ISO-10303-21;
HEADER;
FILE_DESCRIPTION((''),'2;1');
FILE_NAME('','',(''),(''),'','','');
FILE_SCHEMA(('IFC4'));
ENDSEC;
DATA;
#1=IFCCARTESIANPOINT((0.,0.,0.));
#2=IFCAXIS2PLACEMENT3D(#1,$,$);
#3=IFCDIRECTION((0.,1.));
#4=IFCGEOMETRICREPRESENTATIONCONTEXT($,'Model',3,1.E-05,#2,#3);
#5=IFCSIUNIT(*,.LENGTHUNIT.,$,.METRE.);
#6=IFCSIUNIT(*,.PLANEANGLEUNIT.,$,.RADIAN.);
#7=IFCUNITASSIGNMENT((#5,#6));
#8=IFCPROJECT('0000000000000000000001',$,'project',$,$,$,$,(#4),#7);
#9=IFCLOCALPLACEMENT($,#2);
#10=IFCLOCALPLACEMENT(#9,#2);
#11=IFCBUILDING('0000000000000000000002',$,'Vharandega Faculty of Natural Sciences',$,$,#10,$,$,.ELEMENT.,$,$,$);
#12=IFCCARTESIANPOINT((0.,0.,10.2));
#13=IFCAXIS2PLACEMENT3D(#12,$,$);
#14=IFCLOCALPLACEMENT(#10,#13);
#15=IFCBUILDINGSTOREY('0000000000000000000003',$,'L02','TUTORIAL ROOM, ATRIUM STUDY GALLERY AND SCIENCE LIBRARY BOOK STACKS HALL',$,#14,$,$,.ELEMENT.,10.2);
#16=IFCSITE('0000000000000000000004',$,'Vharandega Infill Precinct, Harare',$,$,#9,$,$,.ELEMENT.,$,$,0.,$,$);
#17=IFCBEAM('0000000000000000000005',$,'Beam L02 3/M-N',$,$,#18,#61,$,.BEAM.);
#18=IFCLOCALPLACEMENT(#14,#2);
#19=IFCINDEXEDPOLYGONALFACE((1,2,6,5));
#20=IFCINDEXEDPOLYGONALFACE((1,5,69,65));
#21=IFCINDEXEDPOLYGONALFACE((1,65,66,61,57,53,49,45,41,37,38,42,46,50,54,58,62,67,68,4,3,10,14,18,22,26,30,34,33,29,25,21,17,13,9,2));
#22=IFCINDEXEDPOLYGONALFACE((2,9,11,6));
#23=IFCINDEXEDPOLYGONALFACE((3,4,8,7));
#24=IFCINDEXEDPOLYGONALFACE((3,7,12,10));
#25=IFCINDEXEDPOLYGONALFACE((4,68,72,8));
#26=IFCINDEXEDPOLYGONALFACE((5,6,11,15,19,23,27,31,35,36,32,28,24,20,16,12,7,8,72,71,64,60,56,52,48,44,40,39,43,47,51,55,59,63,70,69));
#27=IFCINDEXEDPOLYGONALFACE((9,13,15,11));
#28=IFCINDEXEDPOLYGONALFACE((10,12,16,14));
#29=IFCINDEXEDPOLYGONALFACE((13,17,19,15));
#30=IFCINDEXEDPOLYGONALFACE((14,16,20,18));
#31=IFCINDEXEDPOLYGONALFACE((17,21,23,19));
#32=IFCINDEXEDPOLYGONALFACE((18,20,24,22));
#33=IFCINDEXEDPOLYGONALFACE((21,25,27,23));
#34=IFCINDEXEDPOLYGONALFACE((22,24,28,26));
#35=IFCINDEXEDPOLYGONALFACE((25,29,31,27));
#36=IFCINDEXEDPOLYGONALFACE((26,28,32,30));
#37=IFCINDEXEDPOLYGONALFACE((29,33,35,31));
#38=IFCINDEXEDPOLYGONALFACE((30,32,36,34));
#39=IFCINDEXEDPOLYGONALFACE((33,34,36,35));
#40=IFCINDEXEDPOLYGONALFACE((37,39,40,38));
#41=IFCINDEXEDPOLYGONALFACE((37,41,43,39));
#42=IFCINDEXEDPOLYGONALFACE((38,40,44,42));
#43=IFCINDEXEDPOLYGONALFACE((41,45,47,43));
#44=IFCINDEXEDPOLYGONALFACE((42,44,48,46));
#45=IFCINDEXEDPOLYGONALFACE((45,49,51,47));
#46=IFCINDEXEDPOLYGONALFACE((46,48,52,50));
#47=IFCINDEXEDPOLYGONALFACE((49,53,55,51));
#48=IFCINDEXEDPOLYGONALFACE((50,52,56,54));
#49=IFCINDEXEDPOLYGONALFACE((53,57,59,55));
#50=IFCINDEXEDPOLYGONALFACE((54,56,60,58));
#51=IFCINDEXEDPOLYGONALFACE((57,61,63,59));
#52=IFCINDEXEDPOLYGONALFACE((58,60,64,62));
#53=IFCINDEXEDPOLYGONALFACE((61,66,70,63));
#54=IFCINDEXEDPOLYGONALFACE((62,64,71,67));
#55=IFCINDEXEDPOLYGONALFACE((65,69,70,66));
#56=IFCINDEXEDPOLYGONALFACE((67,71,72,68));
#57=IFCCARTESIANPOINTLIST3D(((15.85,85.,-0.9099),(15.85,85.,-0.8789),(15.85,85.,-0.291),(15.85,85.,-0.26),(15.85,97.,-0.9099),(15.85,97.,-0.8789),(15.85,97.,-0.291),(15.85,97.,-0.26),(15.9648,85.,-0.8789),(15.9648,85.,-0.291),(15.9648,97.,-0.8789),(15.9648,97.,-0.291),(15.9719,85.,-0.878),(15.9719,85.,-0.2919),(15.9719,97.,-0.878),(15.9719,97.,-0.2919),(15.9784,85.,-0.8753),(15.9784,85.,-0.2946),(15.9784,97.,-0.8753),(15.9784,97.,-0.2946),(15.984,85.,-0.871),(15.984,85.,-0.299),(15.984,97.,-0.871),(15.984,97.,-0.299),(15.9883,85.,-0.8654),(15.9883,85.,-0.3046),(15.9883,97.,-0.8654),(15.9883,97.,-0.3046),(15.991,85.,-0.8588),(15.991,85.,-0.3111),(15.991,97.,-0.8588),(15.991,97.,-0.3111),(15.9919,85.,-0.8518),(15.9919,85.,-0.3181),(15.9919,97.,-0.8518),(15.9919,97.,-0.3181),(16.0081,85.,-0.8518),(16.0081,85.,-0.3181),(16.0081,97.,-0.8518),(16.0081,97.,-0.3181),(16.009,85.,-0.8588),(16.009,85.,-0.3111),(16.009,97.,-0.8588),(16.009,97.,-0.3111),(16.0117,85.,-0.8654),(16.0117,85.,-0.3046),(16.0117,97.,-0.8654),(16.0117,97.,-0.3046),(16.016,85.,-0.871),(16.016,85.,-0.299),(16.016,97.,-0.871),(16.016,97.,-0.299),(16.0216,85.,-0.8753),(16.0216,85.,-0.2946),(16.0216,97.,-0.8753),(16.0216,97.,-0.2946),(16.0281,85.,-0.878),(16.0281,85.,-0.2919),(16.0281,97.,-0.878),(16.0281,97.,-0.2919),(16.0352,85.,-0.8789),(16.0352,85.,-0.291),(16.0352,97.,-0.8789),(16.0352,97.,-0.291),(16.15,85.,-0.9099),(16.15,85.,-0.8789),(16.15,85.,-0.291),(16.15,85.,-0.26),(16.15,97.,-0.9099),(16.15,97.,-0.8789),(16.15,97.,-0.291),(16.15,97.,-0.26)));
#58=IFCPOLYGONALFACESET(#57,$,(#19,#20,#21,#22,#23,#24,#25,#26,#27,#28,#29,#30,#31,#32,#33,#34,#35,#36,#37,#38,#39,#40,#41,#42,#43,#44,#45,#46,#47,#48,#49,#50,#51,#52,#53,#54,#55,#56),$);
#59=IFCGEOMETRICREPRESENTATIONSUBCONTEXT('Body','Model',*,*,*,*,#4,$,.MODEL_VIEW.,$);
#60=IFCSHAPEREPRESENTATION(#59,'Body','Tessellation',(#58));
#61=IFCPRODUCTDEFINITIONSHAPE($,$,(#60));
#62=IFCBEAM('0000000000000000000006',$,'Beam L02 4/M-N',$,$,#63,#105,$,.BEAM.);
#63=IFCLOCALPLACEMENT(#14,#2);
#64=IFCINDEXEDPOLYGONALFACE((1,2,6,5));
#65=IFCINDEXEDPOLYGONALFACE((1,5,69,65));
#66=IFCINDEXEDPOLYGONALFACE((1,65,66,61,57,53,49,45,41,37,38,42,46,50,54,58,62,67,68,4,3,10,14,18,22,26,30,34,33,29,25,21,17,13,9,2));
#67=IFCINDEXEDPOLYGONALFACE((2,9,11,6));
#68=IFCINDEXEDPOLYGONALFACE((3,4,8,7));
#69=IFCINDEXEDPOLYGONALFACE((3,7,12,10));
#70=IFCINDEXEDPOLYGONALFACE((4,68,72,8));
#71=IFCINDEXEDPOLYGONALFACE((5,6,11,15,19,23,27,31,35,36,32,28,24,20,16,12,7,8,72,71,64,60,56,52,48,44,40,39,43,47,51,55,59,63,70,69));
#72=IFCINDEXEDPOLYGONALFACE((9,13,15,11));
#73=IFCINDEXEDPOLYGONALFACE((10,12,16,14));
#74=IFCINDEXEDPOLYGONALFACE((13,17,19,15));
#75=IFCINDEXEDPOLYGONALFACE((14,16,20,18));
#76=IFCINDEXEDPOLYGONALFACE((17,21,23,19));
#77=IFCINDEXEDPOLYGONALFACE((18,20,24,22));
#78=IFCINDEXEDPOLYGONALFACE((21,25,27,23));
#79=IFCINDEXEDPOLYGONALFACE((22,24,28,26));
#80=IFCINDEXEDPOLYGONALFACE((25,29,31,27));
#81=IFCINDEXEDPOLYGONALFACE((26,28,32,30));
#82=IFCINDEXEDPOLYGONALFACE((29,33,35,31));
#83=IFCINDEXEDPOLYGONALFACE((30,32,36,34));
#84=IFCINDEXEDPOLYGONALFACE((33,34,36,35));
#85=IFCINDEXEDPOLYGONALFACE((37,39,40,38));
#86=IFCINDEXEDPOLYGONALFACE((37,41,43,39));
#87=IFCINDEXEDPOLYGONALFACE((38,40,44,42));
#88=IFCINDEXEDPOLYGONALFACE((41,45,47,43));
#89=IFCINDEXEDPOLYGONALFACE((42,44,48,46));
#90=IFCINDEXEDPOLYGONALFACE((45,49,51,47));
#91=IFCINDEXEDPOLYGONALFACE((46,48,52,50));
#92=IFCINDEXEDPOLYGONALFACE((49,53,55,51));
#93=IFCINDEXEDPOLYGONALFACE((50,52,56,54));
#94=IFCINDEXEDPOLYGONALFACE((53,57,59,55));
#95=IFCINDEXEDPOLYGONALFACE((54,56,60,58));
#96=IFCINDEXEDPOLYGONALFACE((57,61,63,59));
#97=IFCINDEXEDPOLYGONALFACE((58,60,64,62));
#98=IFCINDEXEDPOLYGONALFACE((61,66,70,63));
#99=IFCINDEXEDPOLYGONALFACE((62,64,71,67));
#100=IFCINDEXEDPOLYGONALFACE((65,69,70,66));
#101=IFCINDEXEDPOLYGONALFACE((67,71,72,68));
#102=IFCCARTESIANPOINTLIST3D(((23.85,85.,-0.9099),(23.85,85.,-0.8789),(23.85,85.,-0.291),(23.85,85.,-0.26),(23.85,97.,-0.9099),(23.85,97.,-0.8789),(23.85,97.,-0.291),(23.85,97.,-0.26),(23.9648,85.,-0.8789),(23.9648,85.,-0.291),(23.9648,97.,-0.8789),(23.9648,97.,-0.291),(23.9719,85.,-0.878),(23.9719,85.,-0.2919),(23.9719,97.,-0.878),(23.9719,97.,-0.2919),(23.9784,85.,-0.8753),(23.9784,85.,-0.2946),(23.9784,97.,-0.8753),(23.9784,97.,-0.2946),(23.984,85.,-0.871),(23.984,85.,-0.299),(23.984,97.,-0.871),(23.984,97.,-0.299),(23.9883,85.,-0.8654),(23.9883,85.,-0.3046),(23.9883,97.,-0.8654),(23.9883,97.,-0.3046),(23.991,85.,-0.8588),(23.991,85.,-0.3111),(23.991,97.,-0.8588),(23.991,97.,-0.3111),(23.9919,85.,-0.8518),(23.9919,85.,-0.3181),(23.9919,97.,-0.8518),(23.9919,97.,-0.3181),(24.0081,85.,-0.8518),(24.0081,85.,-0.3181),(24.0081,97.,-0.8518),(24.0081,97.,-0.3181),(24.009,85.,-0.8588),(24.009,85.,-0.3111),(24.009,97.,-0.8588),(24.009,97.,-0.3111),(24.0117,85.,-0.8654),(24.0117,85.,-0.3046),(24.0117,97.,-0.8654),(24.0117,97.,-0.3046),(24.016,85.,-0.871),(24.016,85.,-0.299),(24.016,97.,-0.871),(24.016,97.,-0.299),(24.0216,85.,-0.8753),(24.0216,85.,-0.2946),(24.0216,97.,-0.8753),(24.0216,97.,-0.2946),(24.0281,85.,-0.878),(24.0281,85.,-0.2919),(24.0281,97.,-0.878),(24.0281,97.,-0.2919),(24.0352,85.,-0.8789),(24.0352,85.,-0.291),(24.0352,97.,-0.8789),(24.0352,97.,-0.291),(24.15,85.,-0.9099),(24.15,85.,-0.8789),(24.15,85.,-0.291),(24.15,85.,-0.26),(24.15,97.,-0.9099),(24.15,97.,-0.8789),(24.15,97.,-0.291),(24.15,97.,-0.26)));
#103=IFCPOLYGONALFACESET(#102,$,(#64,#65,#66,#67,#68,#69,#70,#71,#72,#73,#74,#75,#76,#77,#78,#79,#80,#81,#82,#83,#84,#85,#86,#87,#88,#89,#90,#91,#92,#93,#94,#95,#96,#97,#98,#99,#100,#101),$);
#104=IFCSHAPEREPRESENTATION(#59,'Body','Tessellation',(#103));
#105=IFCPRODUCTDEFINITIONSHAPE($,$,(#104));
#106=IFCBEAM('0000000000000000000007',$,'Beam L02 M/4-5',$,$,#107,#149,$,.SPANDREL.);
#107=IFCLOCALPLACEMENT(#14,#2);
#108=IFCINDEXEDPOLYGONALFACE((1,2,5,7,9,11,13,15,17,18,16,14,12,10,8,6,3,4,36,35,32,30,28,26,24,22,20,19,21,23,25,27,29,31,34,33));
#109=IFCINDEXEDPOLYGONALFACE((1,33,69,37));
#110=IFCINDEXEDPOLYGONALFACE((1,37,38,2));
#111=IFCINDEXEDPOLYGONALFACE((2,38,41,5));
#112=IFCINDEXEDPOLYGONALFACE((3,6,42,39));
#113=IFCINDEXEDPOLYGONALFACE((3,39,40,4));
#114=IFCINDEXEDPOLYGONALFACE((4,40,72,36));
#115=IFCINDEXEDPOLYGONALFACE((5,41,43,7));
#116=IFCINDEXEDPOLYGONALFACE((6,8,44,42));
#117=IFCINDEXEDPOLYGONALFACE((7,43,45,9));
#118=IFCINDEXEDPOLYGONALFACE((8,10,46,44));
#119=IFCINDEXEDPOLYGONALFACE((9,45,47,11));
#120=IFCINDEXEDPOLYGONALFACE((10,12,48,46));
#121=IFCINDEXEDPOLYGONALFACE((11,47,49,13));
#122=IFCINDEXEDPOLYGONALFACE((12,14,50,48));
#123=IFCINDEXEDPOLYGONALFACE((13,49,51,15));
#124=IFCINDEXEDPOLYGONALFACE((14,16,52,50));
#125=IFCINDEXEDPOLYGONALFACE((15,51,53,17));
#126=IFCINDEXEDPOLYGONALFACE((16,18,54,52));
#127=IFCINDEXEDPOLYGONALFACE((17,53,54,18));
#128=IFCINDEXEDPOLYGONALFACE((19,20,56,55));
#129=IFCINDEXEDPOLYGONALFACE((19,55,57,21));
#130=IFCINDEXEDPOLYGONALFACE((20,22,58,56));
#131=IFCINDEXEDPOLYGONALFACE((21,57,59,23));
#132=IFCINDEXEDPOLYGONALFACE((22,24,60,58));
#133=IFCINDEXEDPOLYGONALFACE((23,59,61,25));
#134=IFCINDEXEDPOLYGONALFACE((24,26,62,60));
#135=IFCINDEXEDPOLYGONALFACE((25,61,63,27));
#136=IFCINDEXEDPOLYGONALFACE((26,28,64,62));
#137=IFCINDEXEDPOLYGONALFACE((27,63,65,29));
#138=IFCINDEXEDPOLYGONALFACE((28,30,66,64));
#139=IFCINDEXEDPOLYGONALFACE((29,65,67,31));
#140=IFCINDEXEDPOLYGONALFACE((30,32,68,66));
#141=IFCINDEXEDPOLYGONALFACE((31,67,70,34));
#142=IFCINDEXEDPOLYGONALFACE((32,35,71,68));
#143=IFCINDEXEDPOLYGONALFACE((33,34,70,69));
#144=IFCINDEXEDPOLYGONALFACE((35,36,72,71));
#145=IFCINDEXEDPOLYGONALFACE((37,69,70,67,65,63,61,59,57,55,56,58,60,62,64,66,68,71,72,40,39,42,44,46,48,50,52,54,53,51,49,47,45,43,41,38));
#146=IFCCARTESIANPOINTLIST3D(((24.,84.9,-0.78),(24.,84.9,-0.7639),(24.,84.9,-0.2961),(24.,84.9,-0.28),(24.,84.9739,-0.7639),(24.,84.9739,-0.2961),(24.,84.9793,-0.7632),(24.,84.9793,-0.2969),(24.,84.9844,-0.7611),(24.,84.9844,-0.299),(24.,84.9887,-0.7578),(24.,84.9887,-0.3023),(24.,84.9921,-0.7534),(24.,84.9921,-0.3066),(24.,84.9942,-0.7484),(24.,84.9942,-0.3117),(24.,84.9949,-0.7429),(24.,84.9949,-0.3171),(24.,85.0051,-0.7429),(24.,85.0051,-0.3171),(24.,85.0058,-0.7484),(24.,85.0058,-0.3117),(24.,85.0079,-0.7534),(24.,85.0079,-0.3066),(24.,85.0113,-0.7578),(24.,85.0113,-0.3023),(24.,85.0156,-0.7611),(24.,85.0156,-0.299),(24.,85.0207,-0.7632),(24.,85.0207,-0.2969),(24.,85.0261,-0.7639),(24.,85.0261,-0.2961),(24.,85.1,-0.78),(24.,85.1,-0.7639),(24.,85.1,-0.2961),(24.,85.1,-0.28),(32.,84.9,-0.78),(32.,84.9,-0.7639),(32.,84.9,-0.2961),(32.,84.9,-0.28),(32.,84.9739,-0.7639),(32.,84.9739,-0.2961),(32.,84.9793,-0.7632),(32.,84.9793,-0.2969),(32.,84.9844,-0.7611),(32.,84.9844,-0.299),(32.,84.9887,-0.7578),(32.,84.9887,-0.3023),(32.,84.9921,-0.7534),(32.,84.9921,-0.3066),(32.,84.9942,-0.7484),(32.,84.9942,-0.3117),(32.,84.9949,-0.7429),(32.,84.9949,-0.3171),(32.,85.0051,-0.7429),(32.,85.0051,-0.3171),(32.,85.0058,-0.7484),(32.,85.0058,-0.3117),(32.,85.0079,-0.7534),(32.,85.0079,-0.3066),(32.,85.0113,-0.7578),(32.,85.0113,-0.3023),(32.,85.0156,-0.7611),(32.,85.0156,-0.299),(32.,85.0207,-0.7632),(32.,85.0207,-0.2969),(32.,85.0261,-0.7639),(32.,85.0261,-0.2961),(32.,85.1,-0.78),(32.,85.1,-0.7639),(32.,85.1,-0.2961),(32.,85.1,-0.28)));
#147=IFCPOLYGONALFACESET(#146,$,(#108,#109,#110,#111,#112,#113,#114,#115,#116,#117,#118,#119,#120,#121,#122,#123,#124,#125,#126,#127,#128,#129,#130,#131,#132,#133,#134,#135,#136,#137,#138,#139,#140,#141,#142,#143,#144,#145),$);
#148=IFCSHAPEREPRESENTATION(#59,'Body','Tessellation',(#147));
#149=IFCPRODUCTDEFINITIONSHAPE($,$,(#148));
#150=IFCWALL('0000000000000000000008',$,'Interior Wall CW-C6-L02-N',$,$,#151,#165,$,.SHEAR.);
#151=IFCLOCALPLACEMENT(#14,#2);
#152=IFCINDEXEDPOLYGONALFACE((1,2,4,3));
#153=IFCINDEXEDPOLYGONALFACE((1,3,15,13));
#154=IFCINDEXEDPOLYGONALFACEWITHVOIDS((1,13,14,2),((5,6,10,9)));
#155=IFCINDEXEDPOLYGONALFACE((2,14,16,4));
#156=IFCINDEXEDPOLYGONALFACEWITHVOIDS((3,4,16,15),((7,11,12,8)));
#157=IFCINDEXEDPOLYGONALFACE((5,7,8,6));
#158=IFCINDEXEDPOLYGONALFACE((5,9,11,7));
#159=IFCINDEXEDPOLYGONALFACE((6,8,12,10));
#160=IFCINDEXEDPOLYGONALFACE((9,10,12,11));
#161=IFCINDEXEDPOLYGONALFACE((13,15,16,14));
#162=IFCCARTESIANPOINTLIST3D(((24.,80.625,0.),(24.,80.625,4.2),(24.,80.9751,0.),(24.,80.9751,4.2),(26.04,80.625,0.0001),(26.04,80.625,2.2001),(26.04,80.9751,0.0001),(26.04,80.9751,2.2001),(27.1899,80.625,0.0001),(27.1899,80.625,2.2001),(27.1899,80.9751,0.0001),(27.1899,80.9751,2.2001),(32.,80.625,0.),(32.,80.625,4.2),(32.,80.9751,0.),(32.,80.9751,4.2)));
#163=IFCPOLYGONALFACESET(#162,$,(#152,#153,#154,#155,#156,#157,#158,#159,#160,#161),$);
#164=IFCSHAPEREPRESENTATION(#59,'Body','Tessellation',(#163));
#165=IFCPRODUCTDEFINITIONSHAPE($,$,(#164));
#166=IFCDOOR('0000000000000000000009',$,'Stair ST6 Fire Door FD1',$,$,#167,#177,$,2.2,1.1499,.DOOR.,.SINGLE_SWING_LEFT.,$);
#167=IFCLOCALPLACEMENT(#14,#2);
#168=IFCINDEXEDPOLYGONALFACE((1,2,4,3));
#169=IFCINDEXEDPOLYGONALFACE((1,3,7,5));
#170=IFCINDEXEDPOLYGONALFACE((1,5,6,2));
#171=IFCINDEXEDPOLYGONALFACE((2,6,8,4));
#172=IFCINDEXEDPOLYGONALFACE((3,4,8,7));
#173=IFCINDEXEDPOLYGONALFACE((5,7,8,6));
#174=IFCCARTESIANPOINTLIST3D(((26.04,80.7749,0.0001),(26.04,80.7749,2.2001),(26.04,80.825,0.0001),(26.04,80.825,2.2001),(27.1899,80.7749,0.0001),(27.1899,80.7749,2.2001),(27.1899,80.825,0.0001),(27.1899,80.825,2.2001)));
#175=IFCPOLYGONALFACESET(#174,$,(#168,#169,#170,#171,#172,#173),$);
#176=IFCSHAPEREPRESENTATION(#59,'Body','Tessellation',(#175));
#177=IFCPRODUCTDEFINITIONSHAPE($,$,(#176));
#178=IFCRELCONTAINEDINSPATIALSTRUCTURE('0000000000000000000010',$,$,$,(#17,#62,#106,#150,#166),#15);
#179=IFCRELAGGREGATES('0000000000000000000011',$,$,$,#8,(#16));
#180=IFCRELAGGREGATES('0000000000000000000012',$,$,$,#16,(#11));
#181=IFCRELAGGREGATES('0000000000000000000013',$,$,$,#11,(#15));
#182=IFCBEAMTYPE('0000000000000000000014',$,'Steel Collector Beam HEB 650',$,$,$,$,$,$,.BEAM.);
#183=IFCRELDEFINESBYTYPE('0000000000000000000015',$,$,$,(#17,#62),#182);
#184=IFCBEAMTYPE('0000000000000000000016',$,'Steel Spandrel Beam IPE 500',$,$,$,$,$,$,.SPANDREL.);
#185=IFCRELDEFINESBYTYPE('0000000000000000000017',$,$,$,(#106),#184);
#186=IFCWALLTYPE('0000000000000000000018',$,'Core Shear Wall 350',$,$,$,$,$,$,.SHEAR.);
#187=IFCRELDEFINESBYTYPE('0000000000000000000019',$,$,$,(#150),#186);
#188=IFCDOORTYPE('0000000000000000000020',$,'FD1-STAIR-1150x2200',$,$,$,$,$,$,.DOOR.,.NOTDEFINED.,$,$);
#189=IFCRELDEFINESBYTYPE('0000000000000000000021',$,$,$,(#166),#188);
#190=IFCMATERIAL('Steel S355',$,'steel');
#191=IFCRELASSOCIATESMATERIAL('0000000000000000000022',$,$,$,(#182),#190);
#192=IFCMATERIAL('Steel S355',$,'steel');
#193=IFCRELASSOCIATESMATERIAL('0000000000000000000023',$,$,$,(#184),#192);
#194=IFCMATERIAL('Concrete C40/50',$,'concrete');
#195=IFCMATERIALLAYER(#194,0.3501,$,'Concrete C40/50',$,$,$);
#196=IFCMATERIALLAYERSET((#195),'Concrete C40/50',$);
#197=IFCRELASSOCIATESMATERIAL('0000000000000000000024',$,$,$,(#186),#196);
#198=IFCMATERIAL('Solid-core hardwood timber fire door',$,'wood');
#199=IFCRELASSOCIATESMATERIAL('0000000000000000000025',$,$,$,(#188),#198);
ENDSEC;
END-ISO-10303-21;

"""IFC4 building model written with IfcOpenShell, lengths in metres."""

from ifc_helpers import new_model, si_unit, direction, frame, frame_2d, origin, origin_2d, place, context, subcontext, project, spatial, rectangle, i_section, extrude, material, layer, layer_set, material_profile, profile_set, type_object, element, fill, save


model = new_model("IFC4")

# Units and contexts
model_context = context("Model", 3, precision=1e-05, world=origin(), true_north=direction((0.0, 1.0)))
body_context = subcontext(model_context, "Body", "Model", "MODEL_VIEW")
ifc_project = project(units=[si_unit("LENGTHUNIT", "METRE"), si_unit("PLANEANGLEUNIT", "RADIAN")], contexts=[model_context])

# Site, building, storey
site_placement = place(None, origin())
site = spatial("IfcSite", under=ifc_project, at=site_placement, Name="Vharandega Infill Precinct, Harare", CompositionType="ELEMENT", RefElevation=0.0)
building_placement = place(site_placement, origin())
building = spatial("IfcBuilding", under=site, at=building_placement, Name="Vharandega Faculty of Natural Sciences", CompositionType="ELEMENT")
storey_placement = place(building_placement, frame((0.0, 0.0, 10.2)))
storey = spatial("IfcBuildingStorey", under=building, at=storey_placement, Name="L02", Description="TUTORIAL ROOM, ATRIUM STUDY GALLERY AND SCIENCE LIBRARY BOOK STACKS HALL", CompositionType="ELEMENT", Elevation=10.2)

# Beams
ifc_material_1 = material(Name="Steel S355", Category="steel")
ifc_material_profile_1 = material_profile(ifc_material_1, i_section(OverallWidth=0.3, OverallDepth=0.6499, WebThickness=0.0161, FlangeThickness=0.031, FilletRadius=0.0271, at=origin_2d()), Name="HEB 650")
ifc_profile_set_1 = profile_set([ifc_material_profile_1], Name="Steel S355")
beam_type_1 = type_object("IfcBeamType", Name="Steel Collector Beam HEB 650", PredefinedType="BEAM", material=ifc_profile_set_1)
for number, where, z_axis, x_axis, name in (
    (1, (16.0, 85.0, -0.585), (0.0, 1.0, 0.0), (-1.0, 0.0, 0.0), "Beam L02 3/M-N"),
    (2, (24.0, 85.0, -0.585), (0.0, 1.0, 0.0), (-1.0, 0.0, 0.0), "Beam L02 4/M-N"),
):
    element("IfcBeam", number, at=place(storey_placement, frame(where, z_axis=z_axis, x_axis=x_axis)), inside=storey, type_object=beam_type_1, Name=name, PredefinedType="BEAM", context=body_context, shape_type="SweptSolid", body=[
        extrude(i_section(OverallWidth=0.3, OverallDepth=0.6499, WebThickness=0.0161, FlangeThickness=0.031, FilletRadius=0.0271, at=origin_2d()), origin(), (0.0, 0.0, 1.0), 12.0),
    ])
ifc_material_2 = material(Name="Steel S355", Category="steel")
ifc_material_profile_2 = material_profile(ifc_material_2, i_section(OverallWidth=0.2, OverallDepth=0.5, WebThickness=0.0103, FlangeThickness=0.0161, FilletRadius=0.021, at=origin_2d()), Name="IPE 500")
ifc_profile_set_2 = profile_set([ifc_material_profile_2], Name="Steel S355")
beam_type_2 = type_object("IfcBeamType", Name="Steel Spandrel Beam IPE 500", PredefinedType="SPANDREL", material=ifc_profile_set_2)
beam_1_placement = place(storey_placement, frame((24.0, 85.0, -0.53), z_axis=(1.0, 0.0, 0.0), x_axis=(0.0, 1.0, 0.0)))
element("IfcBeam", 3, at=beam_1_placement, inside=storey, type_object=beam_type_2, Name="Beam L02 M/4-5", PredefinedType="SPANDREL", context=body_context, shape_type="SweptSolid", body=[
    extrude(i_section(OverallWidth=0.2, OverallDepth=0.5, WebThickness=0.0103, FlangeThickness=0.0161, FilletRadius=0.021, at=origin_2d()), origin(), (0.0, 0.0, 1.0), 8.0),
])

# Wall, opening, door
ifc_material_3 = material(Name="Concrete C40/50", Category="concrete")
ifc_layer = layer(ifc_material_3, 0.3501, Name="Concrete C40/50")
ifc_layer_set = layer_set([ifc_layer], Name="Concrete C40/50")
wall_type = type_object("IfcWallType", Name="Core Shear Wall 350", PredefinedType="SHEAR", material=ifc_layer_set)
wall_placement = place(storey_placement, frame((24.0, 80.8, 0.0), z_axis=(0.0, 0.0, 1.0), x_axis=(1.0, 0.0, 0.0)))
wall = element("IfcWall", 4, at=wall_placement, inside=storey, type_object=wall_type, Name="Interior Wall CW-C6-L02-N", PredefinedType="SHEAR", context=body_context, shape_type="SweptSolid", body=[
    extrude(rectangle(XDim=8.0, YDim=0.3501, at=frame_2d((4.0, 0.0))), origin(), (0.0, 0.0, 1.0), 4.2),
])
opening_placement = place(wall_placement, frame((2.04, 0.0, 0.0)))
opening = element("IfcOpeningElement", 5, at=opening_placement, cuts=wall, PredefinedType="OPENING", context=body_context, shape_type="SweptSolid", body=[
    extrude(rectangle(XDim=1.1499, YDim=2.2, at=frame_2d((0.575, 1.1001))), frame((0.0, 0.1851, 0.0), z_axis=(0.0, -1.0, 0.0), x_axis=(1.0, 0.0, 0.0)), (0.0, 0.0, 1.0), 0.3701),
])
ifc_material_4 = material(Name="Solid-core hardwood timber fire door", Category="wood")
door_type = type_object("IfcDoorType", Name="FD1-STAIR-1150x2200", OperationType="NOTDEFINED", PredefinedType="DOOR", material=ifc_material_4)
door_placement = place(opening_placement, origin())
door = element("IfcDoor", 6, at=door_placement, inside=storey, type_object=door_type, Name="Stair ST6 Fire Door FD1", OperationType="SINGLE_SWING_LEFT", OverallHeight=2.2, OverallWidth=1.1499, PredefinedType="DOOR", context=body_context, shape_type="SweptSolid", body=[
    extrude(rectangle(XDim=1.1499, YDim=2.2, at=frame_2d((0.575, 1.1001))), frame((0.0, 0.0249, 0.0), z_axis=(0.0, -1.0, 0.0), x_axis=(1.0, 0.0, 0.0)), (0.0, 0.0, 1.0), 0.05),
])
fill(opening, door)

save(model, "model.ifc")
